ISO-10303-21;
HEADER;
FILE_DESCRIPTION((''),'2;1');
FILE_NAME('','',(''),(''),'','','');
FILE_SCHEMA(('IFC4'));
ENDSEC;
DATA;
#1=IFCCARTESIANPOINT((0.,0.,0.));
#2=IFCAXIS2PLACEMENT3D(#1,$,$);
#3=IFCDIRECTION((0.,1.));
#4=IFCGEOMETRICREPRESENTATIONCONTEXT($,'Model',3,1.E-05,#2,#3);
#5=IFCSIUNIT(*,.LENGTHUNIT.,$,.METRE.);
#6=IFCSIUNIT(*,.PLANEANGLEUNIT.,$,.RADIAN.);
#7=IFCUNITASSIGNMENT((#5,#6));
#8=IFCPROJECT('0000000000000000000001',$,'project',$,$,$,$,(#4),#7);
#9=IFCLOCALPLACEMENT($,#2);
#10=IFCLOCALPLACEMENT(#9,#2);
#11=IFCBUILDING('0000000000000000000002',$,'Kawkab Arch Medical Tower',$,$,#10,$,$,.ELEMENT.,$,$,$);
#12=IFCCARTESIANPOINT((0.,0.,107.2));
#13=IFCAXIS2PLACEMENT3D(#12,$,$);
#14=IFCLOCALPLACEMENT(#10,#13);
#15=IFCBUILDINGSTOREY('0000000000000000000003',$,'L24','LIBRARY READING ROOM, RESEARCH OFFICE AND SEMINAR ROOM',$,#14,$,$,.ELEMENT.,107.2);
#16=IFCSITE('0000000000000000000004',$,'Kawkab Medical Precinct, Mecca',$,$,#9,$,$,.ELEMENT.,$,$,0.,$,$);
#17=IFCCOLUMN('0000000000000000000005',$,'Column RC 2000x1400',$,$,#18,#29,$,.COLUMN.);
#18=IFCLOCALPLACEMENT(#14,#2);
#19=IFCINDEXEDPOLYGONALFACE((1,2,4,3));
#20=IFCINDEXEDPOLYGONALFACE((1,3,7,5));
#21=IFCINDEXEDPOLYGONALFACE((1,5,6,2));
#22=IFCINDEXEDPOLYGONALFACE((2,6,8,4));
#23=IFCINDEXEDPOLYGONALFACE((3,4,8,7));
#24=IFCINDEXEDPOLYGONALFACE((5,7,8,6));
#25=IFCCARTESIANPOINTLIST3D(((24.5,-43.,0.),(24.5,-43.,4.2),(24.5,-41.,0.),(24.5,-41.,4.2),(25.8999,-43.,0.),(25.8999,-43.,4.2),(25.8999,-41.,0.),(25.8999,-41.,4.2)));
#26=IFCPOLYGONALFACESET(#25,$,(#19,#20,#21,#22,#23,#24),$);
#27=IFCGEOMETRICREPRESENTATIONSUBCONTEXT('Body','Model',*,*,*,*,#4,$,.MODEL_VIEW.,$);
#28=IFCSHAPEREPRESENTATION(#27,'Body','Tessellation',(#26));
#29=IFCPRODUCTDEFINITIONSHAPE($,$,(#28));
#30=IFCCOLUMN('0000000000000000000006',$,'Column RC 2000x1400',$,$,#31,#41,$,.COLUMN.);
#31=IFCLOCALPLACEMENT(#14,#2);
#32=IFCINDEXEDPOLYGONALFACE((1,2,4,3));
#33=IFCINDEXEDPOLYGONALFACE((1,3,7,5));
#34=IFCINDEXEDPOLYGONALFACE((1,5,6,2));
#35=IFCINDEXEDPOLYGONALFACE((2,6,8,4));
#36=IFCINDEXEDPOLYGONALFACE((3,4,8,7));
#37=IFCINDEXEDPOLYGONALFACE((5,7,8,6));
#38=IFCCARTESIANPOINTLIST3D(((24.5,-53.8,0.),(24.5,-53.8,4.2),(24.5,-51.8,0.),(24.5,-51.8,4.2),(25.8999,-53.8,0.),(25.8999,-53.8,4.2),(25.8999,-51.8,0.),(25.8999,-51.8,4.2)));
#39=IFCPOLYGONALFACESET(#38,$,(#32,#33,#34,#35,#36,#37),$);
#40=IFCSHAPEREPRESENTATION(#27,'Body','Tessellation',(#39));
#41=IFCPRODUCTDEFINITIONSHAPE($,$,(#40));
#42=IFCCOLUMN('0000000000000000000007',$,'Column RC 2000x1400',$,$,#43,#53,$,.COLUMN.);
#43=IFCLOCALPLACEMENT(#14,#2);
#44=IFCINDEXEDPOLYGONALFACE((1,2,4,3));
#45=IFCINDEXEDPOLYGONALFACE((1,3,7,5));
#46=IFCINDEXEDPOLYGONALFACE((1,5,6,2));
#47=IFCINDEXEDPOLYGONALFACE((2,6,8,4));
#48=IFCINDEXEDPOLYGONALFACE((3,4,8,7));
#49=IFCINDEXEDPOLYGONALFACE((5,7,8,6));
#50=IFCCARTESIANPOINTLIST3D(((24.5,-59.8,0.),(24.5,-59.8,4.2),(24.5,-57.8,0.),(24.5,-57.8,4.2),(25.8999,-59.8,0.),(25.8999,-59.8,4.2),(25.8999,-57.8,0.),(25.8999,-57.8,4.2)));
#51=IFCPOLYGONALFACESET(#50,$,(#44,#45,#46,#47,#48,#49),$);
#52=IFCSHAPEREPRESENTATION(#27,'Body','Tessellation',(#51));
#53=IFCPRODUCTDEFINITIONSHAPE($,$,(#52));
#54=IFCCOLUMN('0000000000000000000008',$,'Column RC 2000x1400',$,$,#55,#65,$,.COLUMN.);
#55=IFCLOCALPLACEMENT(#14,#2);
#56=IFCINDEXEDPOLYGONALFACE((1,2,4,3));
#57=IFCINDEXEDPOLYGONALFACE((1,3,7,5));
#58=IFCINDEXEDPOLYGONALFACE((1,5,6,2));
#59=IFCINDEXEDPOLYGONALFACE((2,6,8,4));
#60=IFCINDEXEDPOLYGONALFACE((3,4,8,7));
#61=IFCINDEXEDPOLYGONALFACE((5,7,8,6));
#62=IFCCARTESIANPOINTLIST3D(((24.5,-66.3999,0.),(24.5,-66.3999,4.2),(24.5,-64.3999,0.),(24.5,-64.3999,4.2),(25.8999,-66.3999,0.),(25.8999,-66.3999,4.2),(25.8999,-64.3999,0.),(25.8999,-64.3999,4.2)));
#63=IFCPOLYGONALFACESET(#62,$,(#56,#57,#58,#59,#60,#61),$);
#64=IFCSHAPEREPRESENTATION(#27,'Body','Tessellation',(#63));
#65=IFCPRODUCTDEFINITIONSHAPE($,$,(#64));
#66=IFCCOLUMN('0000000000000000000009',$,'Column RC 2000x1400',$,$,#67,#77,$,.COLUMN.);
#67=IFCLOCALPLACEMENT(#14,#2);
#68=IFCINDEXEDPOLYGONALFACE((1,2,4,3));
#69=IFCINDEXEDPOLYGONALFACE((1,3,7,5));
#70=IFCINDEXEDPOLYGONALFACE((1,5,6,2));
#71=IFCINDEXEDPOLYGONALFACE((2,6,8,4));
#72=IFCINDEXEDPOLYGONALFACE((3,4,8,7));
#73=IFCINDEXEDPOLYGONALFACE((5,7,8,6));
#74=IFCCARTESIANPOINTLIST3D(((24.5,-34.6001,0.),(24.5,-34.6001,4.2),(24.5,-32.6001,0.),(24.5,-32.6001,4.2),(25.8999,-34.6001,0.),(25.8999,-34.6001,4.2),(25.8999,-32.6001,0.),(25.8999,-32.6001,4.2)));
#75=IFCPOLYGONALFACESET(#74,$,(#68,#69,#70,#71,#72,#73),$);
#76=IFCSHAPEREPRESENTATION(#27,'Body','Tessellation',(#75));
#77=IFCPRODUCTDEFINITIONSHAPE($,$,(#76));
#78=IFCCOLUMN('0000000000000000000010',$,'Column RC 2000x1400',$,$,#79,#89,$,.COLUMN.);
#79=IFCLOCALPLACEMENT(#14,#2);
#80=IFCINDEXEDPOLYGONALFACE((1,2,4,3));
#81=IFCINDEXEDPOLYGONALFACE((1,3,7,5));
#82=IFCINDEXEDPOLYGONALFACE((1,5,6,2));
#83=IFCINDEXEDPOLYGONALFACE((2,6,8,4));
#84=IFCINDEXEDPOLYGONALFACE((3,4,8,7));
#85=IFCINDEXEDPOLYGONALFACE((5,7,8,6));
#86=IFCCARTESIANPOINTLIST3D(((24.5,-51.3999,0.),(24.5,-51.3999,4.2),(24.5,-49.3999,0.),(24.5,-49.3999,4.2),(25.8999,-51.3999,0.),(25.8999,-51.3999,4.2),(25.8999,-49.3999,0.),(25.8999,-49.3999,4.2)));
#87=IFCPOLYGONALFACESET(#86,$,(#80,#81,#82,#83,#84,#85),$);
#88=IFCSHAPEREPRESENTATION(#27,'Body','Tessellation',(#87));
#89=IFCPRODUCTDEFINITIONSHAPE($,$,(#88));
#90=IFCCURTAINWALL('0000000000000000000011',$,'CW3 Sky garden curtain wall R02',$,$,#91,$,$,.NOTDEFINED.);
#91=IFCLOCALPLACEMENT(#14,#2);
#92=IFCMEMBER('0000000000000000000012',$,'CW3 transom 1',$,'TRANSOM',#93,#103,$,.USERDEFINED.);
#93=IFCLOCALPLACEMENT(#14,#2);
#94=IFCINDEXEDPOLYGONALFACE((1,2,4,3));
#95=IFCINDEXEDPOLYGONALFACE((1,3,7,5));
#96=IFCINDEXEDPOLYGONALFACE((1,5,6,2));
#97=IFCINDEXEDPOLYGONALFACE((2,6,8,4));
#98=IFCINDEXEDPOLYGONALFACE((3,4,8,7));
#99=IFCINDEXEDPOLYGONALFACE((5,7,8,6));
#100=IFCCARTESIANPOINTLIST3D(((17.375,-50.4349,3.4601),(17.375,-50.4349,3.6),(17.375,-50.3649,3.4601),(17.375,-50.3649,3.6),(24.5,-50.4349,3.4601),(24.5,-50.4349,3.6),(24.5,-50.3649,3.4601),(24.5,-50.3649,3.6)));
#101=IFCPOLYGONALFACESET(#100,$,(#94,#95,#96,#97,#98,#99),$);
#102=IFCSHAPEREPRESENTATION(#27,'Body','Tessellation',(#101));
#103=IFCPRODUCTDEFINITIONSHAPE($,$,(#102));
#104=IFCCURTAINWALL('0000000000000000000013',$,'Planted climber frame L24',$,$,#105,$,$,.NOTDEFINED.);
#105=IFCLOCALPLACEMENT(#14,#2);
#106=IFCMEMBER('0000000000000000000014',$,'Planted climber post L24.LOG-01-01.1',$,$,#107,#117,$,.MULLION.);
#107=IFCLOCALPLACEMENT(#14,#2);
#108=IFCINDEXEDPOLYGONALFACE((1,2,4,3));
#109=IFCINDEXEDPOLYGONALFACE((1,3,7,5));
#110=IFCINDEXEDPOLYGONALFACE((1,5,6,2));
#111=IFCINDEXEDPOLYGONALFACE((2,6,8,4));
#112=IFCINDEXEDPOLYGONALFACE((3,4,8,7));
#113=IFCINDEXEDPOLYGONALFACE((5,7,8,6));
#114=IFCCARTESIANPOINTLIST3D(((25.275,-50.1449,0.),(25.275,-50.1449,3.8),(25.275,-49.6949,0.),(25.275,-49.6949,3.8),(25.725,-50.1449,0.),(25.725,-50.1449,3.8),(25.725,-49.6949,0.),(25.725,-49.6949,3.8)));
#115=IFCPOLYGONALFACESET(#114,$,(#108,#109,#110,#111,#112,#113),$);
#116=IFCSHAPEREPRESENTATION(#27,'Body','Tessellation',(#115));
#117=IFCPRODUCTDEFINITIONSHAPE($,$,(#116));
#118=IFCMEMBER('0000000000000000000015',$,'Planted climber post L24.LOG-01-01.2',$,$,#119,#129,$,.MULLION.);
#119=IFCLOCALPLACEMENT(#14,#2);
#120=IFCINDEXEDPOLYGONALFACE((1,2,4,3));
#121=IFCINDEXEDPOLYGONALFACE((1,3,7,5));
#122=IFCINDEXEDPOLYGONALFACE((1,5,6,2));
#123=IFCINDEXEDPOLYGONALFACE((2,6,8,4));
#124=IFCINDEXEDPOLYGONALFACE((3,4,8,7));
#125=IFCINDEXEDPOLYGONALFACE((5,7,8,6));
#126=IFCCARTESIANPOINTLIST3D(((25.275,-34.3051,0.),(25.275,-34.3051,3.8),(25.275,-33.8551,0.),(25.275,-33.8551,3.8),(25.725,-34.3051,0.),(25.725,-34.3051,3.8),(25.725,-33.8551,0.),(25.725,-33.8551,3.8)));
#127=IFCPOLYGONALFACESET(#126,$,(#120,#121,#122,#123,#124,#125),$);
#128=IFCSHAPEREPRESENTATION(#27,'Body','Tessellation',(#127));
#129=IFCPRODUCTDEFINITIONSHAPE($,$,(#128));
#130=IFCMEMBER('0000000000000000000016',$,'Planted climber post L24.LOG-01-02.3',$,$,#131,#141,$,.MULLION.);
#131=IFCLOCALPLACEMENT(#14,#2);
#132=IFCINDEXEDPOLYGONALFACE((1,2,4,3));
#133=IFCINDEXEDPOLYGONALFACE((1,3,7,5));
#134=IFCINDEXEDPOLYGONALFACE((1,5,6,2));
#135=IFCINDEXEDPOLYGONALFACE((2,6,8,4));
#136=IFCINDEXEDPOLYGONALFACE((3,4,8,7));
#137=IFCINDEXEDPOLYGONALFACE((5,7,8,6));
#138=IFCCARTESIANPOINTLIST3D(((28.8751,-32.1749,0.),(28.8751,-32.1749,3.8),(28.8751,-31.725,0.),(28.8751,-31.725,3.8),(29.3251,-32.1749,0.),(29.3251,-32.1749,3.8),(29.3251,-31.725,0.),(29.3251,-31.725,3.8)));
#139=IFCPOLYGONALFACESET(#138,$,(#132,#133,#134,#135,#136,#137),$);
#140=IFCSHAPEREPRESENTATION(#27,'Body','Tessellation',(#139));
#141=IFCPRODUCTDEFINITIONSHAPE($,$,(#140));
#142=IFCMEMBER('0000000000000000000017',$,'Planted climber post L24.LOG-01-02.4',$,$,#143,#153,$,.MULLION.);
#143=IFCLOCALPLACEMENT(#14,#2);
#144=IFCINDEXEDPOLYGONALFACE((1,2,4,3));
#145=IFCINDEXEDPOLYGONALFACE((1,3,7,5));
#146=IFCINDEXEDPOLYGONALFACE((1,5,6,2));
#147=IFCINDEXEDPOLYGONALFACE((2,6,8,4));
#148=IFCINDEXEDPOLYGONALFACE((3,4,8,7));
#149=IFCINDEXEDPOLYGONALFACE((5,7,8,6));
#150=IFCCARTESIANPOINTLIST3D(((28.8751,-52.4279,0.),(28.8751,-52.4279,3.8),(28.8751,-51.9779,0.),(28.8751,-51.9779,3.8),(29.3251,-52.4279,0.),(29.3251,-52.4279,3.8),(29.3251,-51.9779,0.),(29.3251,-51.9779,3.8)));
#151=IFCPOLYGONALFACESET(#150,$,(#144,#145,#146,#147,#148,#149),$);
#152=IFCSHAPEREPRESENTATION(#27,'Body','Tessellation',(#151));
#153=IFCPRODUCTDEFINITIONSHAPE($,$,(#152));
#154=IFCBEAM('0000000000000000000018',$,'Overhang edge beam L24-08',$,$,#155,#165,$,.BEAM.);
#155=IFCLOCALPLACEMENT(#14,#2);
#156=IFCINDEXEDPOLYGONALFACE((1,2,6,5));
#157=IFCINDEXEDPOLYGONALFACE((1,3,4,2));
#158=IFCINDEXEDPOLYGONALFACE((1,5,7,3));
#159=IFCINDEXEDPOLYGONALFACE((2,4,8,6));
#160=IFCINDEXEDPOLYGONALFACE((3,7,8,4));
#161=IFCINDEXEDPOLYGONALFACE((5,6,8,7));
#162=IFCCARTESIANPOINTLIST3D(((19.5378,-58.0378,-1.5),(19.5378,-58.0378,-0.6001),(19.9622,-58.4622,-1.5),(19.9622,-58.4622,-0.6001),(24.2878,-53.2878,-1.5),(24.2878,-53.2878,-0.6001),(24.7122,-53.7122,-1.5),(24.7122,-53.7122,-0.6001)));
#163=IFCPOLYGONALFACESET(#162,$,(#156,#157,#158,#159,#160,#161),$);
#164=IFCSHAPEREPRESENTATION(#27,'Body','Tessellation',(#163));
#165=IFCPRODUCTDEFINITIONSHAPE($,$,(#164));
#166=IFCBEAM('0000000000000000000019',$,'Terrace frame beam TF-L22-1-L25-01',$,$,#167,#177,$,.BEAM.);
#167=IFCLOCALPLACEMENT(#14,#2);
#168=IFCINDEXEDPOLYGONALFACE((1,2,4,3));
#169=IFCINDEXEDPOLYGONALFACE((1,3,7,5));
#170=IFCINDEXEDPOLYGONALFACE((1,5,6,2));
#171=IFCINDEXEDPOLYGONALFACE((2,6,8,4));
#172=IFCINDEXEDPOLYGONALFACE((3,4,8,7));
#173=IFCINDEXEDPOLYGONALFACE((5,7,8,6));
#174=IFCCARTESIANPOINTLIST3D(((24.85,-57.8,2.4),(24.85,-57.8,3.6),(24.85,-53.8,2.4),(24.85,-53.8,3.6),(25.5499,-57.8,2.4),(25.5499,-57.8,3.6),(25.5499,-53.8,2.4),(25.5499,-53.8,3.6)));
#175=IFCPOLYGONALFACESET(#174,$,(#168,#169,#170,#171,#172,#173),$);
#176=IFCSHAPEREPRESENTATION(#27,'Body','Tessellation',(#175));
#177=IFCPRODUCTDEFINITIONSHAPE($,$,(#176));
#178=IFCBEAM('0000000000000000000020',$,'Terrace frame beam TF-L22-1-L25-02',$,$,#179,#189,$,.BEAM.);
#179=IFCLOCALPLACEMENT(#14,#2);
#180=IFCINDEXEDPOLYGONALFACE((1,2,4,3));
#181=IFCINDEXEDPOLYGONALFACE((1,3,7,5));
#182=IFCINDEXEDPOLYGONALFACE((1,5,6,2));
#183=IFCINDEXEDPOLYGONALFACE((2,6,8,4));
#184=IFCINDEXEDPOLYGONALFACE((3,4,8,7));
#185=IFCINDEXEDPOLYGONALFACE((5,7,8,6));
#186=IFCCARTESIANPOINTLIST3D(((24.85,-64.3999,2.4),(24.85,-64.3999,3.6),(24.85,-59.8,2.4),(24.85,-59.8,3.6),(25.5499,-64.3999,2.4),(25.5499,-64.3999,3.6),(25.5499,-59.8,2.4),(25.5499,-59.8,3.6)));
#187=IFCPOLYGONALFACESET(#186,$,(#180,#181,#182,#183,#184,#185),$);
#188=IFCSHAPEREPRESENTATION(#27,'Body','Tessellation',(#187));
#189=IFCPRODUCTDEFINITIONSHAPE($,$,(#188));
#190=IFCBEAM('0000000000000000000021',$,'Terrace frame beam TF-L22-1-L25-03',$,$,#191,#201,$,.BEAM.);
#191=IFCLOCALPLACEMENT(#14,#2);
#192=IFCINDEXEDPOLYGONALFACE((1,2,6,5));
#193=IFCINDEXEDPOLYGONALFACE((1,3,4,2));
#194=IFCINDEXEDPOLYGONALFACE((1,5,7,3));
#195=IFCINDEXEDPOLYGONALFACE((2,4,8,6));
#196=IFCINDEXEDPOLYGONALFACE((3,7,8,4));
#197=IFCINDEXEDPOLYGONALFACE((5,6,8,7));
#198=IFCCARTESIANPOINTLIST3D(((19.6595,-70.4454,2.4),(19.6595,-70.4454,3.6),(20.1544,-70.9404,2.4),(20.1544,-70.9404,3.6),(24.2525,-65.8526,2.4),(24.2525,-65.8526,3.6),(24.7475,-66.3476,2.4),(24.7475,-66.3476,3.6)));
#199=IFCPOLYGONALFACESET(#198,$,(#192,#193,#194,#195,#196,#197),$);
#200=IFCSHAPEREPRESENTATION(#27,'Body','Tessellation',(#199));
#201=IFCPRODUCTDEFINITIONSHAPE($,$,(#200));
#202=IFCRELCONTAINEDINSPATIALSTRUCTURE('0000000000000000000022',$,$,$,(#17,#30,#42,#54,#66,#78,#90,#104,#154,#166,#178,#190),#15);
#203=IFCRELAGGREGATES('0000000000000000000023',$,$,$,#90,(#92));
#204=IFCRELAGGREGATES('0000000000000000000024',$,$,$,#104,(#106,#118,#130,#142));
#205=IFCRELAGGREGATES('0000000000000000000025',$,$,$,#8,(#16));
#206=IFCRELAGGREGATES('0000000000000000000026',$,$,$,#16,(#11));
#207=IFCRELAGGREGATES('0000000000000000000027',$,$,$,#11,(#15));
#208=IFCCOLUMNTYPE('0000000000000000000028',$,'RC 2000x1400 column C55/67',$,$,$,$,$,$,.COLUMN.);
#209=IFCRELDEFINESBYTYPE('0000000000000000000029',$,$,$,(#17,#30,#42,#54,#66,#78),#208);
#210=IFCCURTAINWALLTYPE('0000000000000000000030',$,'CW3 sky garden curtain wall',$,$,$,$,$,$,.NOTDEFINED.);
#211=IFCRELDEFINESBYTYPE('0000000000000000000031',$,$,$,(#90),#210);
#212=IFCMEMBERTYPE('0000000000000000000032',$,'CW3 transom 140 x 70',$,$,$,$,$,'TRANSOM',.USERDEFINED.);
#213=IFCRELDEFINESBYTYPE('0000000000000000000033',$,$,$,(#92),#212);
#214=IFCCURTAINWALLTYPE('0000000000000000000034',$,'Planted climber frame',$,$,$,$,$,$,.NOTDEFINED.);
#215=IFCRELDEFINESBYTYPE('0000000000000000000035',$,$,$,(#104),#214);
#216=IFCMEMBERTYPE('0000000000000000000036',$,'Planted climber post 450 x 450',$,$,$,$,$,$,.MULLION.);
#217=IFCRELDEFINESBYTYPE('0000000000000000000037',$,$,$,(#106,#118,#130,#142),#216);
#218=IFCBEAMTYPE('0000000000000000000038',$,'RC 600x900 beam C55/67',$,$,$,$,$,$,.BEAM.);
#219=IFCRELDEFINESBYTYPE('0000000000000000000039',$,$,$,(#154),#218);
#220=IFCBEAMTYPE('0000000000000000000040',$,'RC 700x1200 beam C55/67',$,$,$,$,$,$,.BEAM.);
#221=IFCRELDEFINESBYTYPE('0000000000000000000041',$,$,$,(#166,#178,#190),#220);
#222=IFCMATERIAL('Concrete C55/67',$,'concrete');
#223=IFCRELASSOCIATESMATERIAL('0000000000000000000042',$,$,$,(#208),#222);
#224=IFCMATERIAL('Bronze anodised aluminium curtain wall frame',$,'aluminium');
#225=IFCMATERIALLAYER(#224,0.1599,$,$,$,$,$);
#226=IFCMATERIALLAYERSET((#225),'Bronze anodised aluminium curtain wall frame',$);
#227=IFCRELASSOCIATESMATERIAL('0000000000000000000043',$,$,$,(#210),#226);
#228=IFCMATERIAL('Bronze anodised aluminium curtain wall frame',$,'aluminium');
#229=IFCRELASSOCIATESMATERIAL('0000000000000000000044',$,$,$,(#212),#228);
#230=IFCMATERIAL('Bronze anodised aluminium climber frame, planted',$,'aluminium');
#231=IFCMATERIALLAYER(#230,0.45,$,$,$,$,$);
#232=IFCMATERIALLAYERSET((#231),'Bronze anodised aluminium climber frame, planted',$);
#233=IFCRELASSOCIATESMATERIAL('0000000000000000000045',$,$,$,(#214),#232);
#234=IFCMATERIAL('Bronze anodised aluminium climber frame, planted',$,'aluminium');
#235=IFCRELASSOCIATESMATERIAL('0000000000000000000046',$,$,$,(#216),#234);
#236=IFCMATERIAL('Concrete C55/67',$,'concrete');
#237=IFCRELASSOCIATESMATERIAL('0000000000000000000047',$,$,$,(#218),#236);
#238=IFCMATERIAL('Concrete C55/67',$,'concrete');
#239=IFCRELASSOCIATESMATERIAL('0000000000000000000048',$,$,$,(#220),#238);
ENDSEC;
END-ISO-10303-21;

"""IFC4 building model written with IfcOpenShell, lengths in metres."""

from ifc_helpers import new_model, si_unit, direction, frame, origin, origin_2d, place, context, subcontext, project, spatial, rectangle, extrude, material, layer, layer_set, material_profile, profile_set, type_object, element, aggregate, save


model = new_model("IFC4")

# Units and contexts
model_context = context("Model", 3, precision=1e-05, world=origin(), true_north=direction((0.0, 1.0)))
body_context = subcontext(model_context, "Body", "Model", "MODEL_VIEW")
ifc_project = project(units=[si_unit("LENGTHUNIT", "METRE"), si_unit("PLANEANGLEUNIT", "RADIAN")], contexts=[model_context])

# Site, building, storey
site_placement = place(None, origin())
site = spatial("IfcSite", under=ifc_project, at=site_placement, Name="Kawkab Medical Precinct, Mecca", CompositionType="ELEMENT", RefElevation=0.0)
building_placement = place(site_placement, origin())
building = spatial("IfcBuilding", under=site, at=building_placement, Name="Kawkab Arch Medical Tower", CompositionType="ELEMENT")
storey_placement = place(building_placement, frame((0.0, 0.0, 107.2)))
storey = spatial("IfcBuildingStorey", under=building, at=storey_placement, Name="L24", Description="LIBRARY READING ROOM, RESEARCH OFFICE AND SEMINAR ROOM", CompositionType="ELEMENT", Elevation=107.2)

# Columns
ifc_material_1 = material(Name="Concrete C55/67", Category="concrete")
ifc_material_profile_1 = material_profile(ifc_material_1, rectangle(XDim=2.0, YDim=1.3999, at=origin_2d()), Name="RC 2000x1400")
ifc_profile_set_1 = profile_set([ifc_material_profile_1], Name="Concrete C55/67")
column_type = type_object("IfcColumnType", Name="RC 2000x1400 column C55/67", PredefinedType="COLUMN", material=ifc_profile_set_1)
for number, where, z_axis, x_axis, name in (
    (1, (25.2, -42.0, 0.0), (0.0, 0.0, 1.0), (0.0, -1.0, 0.0), "Column RC 2000x1400"),
    (2, (25.2, -52.8, 0.0), (0.0, 0.0, 1.0), (0.0, -1.0, 0.0), "Column RC 2000x1400"),
    (3, (25.2, -58.8, 0.0), (0.0, 0.0, 1.0), (0.0, -1.0, 0.0), "Column RC 2000x1400"),
    (4, (25.2, -65.3999, 0.0), (0.0, 0.0, 1.0), (0.0, -1.0, 0.0), "Column RC 2000x1400"),
    (5, (25.2, -33.6001, 0.0), (0.0, 0.0, 1.0), (0.0, -1.0, 0.0), "Column RC 2000x1400"),
    (6, (25.2, -50.3999, 0.0), (0.0, 0.0, 1.0), (0.0, -1.0, 0.0), "Column RC 2000x1400"),
):
    element("IfcColumn", number, at=place(storey_placement, frame(where, z_axis=z_axis, x_axis=x_axis)), inside=storey, type_object=column_type, Name=name, PredefinedType="COLUMN", context=body_context, shape_type="SweptSolid", body=[
        extrude(rectangle(XDim=2.0, YDim=1.3999, at=origin_2d()), origin(), (0.0, 0.0, 1.0), 4.2),
    ])

# Curtain wall, member
ifc_material_2 = material(Name="Bronze anodised aluminium curtain wall frame", Category="aluminium")
ifc_layer_1 = layer(ifc_material_2, 0.1599)
ifc_layer_set_1 = layer_set([ifc_layer_1], Name="Bronze anodised aluminium curtain wall frame")
curtain_wall_type_1 = type_object("IfcCurtainWallType", Name="CW3 sky garden curtain wall", PredefinedType="NOTDEFINED", material=ifc_layer_set_1)
placement = place(storey_placement, origin())
curtain_wall_1 = element("IfcCurtainWall", 7, at=placement, inside=storey, type_object=curtain_wall_type_1, Name="CW3 Sky garden curtain wall R02", PredefinedType="NOTDEFINED")
ifc_material_3 = material(Name="Bronze anodised aluminium curtain wall frame", Category="aluminium")
ifc_material_profile_2 = material_profile(ifc_material_3, rectangle(XDim=0.0701, YDim=0.1399, at=origin_2d()), Name="AL 70x140")
ifc_profile_set_2 = profile_set([ifc_material_profile_2], Name="Bronze anodised aluminium curtain wall frame")
member_type_1 = type_object("IfcMemberType", Name="CW3 transom 140 x 70", ElementType="TRANSOM", PredefinedType="USERDEFINED", material=ifc_profile_set_2)
member_1_placement = place(storey_placement, frame((24.5, -50.3999, 3.53), z_axis=(-1.0, 0.0, 0.0), x_axis=(0.0, -1.0, 0.0)))
member_1 = element("IfcMember", 8, at=member_1_placement, type_object=member_type_1, Name="CW3 transom 1", ObjectType="TRANSOM", PredefinedType="USERDEFINED", context=body_context, shape_type="SweptSolid", body=[
    extrude(rectangle(XDim=0.0701, YDim=0.1399, at=origin_2d()), origin(), (0.0, 0.0, 1.0), 7.125),
])
aggregate(curtain_wall_1, [member_1])

# Curtain wall, members
ifc_material_4 = material(Name="Bronze anodised aluminium climber frame, planted", Category="aluminium")
ifc_layer_2 = layer(ifc_material_4, 0.45)
ifc_layer_set_2 = layer_set([ifc_layer_2], Name="Bronze anodised aluminium climber frame, planted")
curtain_wall_type_2 = type_object("IfcCurtainWallType", Name="Planted climber frame", PredefinedType="NOTDEFINED", material=ifc_layer_set_2)
curtain_wall_2 = element("IfcCurtainWall", 9, at=placement, inside=storey, type_object=curtain_wall_type_2, Name="Planted climber frame L24", PredefinedType="NOTDEFINED")
ifc_material_5 = material(Name="Bronze anodised aluminium climber frame, planted", Category="aluminium")
ifc_material_profile_3 = material_profile(ifc_material_5, rectangle(XDim=0.45, YDim=0.45, at=origin_2d()), Name="Post 450x450")
ifc_profile_set_3 = profile_set([ifc_material_profile_3], Name="Bronze anodised aluminium climber frame, planted")
member_type_2 = type_object("IfcMemberType", Name="Planted climber post 450 x 450", PredefinedType="MULLION", material=ifc_profile_set_3)
member_2_placement = place(storey_placement, frame((25.5, -49.9199, 0.0), z_axis=(0.0, 0.0, 1.0), x_axis=(1.0, 0.0, 0.0)))
member_2 = element("IfcMember", 10, at=member_2_placement, type_object=member_type_2, Name="Planted climber post L24.LOG-01-01.1", PredefinedType="MULLION", context=body_context, shape_type="SweptSolid", body=[
    extrude(rectangle(XDim=0.45, YDim=0.45, at=origin_2d()), origin(), (0.0, 0.0, 1.0), 3.8),
])
member_3_placement = place(storey_placement, frame((25.5, -34.0801, 0.0), z_axis=(0.0, 0.0, 1.0), x_axis=(1.0, 0.0, 0.0)))
member_3 = element("IfcMember", 11, at=member_3_placement, type_object=member_type_2, Name="Planted climber post L24.LOG-01-01.2", PredefinedType="MULLION", context=body_context, shape_type="SweptSolid", body=[
    extrude(rectangle(XDim=0.45, YDim=0.45, at=origin_2d()), origin(), (0.0, 0.0, 1.0), 3.8),
])
member_4_placement = place(storey_placement, frame((29.1001, -31.95, 0.0), z_axis=(0.0, 0.0, 1.0), x_axis=(1.0, 0.0, 0.0)))
member_4 = element("IfcMember", 12, at=member_4_placement, type_object=member_type_2, Name="Planted climber post L24.LOG-01-02.3", PredefinedType="MULLION", context=body_context, shape_type="SweptSolid", body=[
    extrude(rectangle(XDim=0.45, YDim=0.45, at=origin_2d()), origin(), (0.0, 0.0, 1.0), 3.8),
])
member_5_placement = place(storey_placement, frame((29.1001, -52.2029, 0.0), z_axis=(0.0, 0.0, 1.0), x_axis=(1.0, 0.0, 0.0)))
member_5 = element("IfcMember", 13, at=member_5_placement, type_object=member_type_2, Name="Planted climber post L24.LOG-01-02.4", PredefinedType="MULLION", context=body_context, shape_type="SweptSolid", body=[
    extrude(rectangle(XDim=0.45, YDim=0.45, at=origin_2d()), origin(), (0.0, 0.0, 1.0), 3.8),
])
aggregate(curtain_wall_2, [member_2, member_3, member_4, member_5])

# Beams
ifc_material_6 = material(Name="Concrete C55/67", Category="concrete")
ifc_material_profile_4 = material_profile(ifc_material_6, rectangle(XDim=0.6001, YDim=0.8999, at=origin_2d()), Name="RC 600x900")
ifc_profile_set_4 = profile_set([ifc_material_profile_4], Name="Concrete C55/67")
beam_type_1 = type_object("IfcBeamType", Name="RC 600x900 beam C55/67", PredefinedType="BEAM", material=ifc_profile_set_4)
beam_1_placement = place(storey_placement, frame((24.5, -53.5, -1.05), z_axis=(-0.707107, -0.707107, 0.0), x_axis=(0.707107, -0.707107, 0.0)))
element("IfcBeam", 14, at=beam_1_placement, inside=storey, type_object=beam_type_1, Name="Overhang edge beam L24-08", PredefinedType="BEAM", context=body_context, shape_type="SweptSolid", body=[
    extrude(rectangle(XDim=0.6001, YDim=0.8999, at=origin_2d()), origin(), (0.0, 0.0, 1.0), 6.7175),
])
ifc_material_7 = material(Name="Concrete C55/67", Category="concrete")
ifc_material_profile_5 = material_profile(ifc_material_7, rectangle(XDim=0.7, YDim=1.2, at=origin_2d()), Name="RC 700x1200")
ifc_profile_set_5 = profile_set([ifc_material_profile_5], Name="Concrete C55/67")
beam_type_2 = type_object("IfcBeamType", Name="RC 700x1200 beam C55/67", PredefinedType="BEAM", material=ifc_profile_set_5)
beam_2_placement = place(storey_placement, frame((25.2, -53.8, 3.0), z_axis=(0.0, -1.0, 0.0), x_axis=(1.0, 0.0, 0.0)))
element("IfcBeam", 15, at=beam_2_placement, inside=storey, type_object=beam_type_2, Name="Terrace frame beam TF-L22-1-L25-01", PredefinedType="BEAM", context=body_context, shape_type="SweptSolid", body=[
    extrude(rectangle(XDim=0.7, YDim=1.2, at=origin_2d()), origin(), (0.0, 0.0, 1.0), 4.0),
])
beam_3_placement = place(storey_placement, frame((25.2, -59.8, 3.0), z_axis=(0.0, -1.0, 0.0), x_axis=(1.0, 0.0, 0.0)))
element("IfcBeam", 16, at=beam_3_placement, inside=storey, type_object=beam_type_2, Name="Terrace frame beam TF-L22-1-L25-02", PredefinedType="BEAM", context=body_context, shape_type="SweptSolid", body=[
    extrude(rectangle(XDim=0.7, YDim=1.2, at=origin_2d()), origin(), (0.0, 0.0, 1.0), 4.5999),
])
beam_4_placement = place(storey_placement, frame((24.5, -66.1001, 3.0), z_axis=(-0.707126, -0.707088, 0.0), x_axis=(0.707088, -0.707126, 0.0)))
element("IfcBeam", 17, at=beam_4_placement, inside=storey, type_object=beam_type_2, Name="Terrace frame beam TF-L22-1-L25-03", PredefinedType="BEAM", context=body_context, shape_type="SweptSolid", body=[
    extrude(rectangle(XDim=0.7, YDim=1.2, at=origin_2d()), origin(), (0.0, 0.0, 1.0), 6.4954),
])

save(model, "model.ifc")
